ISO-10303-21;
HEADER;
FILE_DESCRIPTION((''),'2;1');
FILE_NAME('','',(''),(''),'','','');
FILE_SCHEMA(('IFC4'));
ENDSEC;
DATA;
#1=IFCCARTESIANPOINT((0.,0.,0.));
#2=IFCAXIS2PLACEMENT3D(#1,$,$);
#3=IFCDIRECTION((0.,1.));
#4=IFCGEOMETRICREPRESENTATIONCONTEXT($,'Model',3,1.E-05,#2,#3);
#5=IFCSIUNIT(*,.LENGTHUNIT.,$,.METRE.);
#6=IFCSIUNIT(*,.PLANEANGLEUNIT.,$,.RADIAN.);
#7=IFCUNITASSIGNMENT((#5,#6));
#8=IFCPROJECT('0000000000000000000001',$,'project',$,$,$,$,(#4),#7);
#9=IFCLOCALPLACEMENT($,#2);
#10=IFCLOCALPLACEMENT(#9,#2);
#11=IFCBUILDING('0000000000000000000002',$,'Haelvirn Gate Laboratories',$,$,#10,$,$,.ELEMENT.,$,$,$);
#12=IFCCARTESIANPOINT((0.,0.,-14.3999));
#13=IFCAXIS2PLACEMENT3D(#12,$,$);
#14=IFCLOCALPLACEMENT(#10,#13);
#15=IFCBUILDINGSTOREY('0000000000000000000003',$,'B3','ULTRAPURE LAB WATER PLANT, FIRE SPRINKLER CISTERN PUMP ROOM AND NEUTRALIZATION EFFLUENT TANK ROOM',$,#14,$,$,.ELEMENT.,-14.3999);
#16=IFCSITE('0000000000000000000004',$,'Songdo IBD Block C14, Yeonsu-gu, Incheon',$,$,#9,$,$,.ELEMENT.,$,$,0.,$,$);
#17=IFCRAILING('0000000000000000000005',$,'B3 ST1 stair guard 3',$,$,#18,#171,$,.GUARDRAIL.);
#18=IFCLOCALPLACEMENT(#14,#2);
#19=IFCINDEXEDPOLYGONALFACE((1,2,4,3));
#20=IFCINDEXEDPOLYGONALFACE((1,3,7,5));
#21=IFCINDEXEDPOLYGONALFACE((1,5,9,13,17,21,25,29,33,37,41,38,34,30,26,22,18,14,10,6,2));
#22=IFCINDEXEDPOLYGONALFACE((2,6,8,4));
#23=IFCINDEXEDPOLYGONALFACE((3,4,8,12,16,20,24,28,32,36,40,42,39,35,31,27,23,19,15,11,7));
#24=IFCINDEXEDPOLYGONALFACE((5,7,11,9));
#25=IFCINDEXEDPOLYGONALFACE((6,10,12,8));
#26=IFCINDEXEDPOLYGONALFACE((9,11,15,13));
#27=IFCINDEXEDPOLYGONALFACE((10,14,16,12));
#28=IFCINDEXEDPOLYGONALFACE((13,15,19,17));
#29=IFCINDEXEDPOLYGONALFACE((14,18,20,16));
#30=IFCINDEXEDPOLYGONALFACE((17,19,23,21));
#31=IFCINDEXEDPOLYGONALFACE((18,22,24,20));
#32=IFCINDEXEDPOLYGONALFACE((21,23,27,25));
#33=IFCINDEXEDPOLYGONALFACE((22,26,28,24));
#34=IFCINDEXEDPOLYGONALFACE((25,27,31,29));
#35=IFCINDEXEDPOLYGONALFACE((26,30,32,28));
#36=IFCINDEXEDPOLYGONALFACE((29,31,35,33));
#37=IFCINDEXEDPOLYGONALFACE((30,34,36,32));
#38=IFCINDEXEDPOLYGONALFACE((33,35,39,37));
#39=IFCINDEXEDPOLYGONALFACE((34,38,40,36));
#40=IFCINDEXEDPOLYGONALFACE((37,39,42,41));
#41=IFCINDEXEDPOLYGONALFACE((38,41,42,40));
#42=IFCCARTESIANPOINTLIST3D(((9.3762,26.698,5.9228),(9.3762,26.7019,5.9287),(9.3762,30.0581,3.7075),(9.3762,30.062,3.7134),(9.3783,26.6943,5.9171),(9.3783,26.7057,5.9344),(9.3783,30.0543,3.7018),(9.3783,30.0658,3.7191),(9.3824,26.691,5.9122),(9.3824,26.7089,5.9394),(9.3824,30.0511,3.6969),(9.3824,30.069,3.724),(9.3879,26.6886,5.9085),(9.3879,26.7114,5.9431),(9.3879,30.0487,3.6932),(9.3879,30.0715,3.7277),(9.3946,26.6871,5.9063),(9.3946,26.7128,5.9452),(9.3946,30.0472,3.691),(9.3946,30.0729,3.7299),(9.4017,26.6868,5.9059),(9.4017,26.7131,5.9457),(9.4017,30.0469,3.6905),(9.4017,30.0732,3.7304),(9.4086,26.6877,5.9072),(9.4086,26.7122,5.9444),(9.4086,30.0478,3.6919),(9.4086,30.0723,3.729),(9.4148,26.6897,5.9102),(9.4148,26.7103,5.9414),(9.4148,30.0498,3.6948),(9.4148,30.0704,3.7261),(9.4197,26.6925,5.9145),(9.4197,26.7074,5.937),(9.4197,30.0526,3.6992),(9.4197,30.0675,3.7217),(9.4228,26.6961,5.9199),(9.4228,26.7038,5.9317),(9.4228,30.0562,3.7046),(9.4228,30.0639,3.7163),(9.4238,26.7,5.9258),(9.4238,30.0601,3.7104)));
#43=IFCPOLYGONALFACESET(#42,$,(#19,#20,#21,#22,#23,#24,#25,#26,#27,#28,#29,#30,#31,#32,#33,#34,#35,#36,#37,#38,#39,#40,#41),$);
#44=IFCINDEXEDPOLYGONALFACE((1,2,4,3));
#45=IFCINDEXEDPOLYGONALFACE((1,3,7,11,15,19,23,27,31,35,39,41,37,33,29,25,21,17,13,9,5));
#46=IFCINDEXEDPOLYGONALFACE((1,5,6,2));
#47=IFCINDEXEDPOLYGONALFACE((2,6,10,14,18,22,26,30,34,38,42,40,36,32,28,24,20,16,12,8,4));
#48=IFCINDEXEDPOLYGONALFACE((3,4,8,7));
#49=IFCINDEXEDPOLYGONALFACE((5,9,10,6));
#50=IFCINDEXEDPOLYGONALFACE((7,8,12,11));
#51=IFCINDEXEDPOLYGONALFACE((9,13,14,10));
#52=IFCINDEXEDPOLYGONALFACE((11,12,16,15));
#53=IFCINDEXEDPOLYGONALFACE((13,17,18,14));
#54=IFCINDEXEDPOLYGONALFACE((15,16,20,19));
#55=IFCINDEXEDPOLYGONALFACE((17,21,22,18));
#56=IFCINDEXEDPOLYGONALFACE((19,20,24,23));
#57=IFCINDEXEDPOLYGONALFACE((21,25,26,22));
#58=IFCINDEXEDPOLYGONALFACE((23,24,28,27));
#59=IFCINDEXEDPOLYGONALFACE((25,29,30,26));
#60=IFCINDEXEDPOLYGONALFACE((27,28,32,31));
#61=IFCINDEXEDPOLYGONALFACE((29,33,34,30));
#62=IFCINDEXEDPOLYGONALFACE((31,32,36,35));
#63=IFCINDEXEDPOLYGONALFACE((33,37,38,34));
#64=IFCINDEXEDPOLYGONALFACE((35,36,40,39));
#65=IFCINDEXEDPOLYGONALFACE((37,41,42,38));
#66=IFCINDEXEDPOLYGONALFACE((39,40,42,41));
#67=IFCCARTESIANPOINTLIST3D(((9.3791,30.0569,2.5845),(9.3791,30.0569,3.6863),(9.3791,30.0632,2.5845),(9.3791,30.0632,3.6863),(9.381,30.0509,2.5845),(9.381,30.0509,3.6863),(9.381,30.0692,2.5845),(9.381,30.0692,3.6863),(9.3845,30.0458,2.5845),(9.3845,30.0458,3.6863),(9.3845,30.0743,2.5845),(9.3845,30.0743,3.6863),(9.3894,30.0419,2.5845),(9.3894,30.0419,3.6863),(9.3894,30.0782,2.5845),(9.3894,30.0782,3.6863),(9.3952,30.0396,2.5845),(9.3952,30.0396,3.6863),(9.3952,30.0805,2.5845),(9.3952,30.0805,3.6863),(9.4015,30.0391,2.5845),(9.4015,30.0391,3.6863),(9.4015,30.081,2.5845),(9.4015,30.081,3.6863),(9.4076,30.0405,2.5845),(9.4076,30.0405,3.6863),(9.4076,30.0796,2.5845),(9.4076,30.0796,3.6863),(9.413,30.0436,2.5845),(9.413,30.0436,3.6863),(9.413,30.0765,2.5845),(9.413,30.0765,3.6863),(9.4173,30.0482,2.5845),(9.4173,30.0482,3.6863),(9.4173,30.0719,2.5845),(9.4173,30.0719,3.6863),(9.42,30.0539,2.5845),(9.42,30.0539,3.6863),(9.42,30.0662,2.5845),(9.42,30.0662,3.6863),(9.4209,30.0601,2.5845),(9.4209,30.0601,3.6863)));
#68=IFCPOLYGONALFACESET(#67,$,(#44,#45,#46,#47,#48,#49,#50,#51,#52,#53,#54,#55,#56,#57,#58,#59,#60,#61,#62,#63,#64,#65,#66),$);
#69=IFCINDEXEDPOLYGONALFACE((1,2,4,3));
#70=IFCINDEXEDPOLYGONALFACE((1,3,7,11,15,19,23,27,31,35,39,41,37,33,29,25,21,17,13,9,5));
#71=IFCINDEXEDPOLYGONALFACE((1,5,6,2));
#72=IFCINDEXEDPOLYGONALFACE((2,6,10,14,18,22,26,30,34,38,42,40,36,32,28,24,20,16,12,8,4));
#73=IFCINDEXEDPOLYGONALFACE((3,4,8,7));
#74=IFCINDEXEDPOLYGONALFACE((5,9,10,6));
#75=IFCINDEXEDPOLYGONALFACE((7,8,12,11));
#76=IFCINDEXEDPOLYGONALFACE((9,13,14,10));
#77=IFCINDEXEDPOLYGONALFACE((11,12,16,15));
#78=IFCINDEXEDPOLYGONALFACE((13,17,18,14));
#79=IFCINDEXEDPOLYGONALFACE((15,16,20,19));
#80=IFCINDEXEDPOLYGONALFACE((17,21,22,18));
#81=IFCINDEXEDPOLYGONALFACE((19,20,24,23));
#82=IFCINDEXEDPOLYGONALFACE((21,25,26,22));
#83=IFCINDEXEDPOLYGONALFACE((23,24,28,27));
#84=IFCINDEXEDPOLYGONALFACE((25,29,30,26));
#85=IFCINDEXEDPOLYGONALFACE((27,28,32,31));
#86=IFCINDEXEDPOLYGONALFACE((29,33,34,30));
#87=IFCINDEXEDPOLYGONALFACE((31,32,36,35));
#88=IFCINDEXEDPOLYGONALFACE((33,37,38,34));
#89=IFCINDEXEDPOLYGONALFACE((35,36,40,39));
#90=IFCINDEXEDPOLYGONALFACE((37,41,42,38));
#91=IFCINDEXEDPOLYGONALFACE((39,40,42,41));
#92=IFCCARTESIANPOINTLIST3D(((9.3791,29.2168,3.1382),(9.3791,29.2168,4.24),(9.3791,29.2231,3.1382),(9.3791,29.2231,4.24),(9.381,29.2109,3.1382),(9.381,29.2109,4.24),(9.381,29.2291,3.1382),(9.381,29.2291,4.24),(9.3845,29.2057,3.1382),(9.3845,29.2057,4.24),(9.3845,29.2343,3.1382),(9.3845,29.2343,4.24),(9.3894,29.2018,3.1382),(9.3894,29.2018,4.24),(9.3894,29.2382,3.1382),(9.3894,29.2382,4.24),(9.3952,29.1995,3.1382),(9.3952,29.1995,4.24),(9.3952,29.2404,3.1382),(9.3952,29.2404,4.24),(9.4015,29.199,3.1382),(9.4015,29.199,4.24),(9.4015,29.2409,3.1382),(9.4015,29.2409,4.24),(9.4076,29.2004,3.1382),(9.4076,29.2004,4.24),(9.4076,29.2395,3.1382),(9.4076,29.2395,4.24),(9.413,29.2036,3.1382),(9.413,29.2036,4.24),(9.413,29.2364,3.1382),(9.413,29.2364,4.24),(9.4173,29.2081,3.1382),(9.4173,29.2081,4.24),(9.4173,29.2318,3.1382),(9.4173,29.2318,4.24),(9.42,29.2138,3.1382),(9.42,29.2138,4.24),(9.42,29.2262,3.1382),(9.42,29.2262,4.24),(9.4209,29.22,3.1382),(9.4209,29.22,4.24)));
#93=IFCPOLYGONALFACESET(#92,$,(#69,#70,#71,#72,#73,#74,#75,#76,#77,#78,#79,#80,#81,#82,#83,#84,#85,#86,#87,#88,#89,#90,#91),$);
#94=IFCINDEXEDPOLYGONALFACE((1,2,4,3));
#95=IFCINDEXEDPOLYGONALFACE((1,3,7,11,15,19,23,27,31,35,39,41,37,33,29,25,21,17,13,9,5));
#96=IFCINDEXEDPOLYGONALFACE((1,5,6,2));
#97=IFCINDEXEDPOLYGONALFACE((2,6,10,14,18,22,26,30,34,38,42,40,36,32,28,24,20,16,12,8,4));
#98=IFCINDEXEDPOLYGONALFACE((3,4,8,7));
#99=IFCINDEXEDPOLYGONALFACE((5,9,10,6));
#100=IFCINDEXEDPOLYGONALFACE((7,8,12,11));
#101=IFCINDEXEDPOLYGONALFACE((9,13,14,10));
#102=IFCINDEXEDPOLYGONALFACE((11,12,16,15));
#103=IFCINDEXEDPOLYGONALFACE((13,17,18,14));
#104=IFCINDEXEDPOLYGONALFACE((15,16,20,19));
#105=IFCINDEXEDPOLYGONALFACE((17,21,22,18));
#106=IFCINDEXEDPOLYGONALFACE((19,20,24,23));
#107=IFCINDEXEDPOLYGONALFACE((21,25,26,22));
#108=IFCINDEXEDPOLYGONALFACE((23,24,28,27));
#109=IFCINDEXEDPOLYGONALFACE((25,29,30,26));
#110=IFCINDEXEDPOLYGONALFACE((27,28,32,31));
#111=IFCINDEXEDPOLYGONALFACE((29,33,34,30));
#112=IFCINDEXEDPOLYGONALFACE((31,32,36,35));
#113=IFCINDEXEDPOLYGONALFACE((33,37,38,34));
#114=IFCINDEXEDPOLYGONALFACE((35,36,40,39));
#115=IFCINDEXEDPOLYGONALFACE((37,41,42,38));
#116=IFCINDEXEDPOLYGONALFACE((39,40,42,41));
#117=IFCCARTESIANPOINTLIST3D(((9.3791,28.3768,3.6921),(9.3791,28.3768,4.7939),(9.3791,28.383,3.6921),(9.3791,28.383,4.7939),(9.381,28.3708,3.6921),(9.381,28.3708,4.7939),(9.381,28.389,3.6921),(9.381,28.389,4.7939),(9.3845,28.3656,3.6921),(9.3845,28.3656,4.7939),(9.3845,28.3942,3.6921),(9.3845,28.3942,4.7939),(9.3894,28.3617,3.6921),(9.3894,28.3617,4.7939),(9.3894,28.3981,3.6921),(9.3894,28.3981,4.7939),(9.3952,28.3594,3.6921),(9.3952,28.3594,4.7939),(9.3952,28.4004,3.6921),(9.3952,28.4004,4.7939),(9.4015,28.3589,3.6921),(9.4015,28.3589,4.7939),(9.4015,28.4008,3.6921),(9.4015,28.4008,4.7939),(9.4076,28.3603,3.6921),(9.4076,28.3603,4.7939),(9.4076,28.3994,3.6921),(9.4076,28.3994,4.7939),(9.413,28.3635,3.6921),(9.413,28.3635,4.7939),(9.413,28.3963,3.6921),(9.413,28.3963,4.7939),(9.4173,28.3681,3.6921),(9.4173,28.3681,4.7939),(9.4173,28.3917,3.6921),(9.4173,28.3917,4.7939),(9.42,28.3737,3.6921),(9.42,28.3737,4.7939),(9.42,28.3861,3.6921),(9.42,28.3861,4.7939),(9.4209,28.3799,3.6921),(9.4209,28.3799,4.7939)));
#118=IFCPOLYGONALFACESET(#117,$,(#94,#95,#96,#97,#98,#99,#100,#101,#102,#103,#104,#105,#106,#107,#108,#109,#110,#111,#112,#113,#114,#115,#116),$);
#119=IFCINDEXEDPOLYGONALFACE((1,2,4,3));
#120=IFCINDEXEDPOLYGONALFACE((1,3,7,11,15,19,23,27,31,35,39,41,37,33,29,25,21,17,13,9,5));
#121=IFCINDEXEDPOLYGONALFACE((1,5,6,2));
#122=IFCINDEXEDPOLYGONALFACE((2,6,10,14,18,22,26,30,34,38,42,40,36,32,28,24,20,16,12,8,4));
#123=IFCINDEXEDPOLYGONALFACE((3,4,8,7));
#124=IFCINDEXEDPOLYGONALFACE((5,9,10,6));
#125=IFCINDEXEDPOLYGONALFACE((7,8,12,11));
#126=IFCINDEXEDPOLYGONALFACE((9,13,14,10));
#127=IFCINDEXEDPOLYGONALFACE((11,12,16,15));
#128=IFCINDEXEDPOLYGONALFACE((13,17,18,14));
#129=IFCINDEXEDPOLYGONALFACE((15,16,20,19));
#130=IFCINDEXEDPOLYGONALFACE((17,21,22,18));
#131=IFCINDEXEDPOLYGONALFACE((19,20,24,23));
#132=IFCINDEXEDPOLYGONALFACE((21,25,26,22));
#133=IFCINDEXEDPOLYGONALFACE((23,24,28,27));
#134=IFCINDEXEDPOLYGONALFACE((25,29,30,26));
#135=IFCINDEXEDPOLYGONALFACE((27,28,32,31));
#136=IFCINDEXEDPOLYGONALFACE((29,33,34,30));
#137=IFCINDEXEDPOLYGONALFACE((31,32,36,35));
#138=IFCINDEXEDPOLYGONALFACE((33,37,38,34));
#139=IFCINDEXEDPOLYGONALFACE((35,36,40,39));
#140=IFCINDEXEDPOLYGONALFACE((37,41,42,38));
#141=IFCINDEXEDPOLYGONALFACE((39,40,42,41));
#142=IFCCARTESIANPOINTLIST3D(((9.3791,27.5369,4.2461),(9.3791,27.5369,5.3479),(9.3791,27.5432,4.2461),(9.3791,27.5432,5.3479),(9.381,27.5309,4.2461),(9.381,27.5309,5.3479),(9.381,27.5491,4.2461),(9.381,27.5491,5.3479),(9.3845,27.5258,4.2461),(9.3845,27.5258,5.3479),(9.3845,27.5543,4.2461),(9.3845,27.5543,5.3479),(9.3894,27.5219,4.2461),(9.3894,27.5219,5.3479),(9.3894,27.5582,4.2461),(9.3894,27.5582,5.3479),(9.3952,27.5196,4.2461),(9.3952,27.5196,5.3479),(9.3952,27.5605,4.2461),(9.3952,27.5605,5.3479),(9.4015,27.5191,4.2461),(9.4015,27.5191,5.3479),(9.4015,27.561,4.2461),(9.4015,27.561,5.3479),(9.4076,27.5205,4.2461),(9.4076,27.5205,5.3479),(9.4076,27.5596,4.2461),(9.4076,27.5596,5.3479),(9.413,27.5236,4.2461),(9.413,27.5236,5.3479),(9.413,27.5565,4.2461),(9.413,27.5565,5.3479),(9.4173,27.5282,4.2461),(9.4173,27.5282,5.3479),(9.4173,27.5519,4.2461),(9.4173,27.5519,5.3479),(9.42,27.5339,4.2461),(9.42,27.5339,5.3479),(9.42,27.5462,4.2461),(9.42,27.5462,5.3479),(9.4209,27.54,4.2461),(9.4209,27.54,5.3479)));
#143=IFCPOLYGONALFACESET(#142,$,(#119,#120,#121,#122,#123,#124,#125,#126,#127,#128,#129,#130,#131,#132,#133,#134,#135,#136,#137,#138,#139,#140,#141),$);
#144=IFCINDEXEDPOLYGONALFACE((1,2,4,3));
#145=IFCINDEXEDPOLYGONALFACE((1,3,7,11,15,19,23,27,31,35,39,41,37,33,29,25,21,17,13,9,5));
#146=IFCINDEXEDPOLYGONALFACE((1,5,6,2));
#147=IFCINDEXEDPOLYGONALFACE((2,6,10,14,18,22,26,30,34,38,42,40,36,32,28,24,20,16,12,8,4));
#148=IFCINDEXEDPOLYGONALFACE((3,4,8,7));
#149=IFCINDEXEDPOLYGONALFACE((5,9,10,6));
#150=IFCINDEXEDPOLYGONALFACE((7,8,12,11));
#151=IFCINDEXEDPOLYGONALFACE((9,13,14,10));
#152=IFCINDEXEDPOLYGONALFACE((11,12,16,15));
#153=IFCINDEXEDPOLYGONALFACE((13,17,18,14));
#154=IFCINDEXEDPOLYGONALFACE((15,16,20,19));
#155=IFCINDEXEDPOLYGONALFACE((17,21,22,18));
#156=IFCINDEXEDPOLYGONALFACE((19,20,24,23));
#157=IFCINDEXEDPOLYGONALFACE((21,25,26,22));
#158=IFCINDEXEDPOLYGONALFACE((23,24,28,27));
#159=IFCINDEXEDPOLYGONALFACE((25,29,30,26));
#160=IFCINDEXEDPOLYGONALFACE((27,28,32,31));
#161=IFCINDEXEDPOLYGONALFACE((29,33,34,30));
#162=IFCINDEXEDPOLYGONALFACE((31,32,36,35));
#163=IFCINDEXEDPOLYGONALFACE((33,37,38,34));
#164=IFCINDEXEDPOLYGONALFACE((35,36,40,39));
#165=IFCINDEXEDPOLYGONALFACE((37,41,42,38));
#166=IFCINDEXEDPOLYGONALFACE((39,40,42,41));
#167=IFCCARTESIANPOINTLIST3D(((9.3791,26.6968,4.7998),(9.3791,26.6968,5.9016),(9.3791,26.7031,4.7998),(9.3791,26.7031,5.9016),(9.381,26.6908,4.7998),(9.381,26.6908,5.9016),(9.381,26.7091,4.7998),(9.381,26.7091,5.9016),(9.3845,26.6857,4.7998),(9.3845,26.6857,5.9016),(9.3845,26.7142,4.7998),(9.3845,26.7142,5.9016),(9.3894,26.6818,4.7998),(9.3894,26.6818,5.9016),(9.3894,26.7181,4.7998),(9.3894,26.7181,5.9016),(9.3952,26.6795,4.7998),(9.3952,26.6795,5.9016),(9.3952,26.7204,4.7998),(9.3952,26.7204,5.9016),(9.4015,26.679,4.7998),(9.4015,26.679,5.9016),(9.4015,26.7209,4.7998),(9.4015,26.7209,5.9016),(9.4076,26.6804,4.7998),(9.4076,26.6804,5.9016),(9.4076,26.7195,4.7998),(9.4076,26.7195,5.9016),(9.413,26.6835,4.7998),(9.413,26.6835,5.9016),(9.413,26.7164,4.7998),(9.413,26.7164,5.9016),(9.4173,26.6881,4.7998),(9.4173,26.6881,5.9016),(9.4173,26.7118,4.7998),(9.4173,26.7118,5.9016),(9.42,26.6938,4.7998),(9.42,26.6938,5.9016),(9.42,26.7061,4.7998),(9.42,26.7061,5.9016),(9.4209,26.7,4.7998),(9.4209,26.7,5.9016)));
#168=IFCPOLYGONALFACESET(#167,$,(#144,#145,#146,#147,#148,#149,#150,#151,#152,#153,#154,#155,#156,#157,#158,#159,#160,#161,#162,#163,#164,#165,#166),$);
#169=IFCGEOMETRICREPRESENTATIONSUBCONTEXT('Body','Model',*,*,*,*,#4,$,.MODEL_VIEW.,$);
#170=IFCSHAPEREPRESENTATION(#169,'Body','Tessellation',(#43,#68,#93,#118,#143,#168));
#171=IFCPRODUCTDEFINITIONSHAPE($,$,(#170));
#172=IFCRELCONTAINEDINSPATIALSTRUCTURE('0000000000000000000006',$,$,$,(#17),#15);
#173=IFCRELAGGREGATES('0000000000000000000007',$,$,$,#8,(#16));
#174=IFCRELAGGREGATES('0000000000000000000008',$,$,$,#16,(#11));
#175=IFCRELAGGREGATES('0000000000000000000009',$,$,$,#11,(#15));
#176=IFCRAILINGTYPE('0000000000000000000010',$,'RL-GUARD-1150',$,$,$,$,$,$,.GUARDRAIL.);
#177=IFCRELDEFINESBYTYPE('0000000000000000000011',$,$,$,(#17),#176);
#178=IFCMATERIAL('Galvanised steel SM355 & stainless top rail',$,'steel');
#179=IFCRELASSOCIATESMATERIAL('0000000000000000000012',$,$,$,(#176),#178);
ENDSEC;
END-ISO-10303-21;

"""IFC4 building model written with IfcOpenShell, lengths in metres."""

from ifc_helpers import new_model, si_unit, direction, frame, origin, origin_2d, place, context, subcontext, project, spatial, circle, extrude, source, transform, mapped, material, type_object, element, save


model = new_model("IFC4")

# Units and contexts
model_context = context("Model", 3, precision=1e-05, world=origin(), true_north=direction((0.0, 1.0)))
body_context = subcontext(model_context, "Body", "Model", "MODEL_VIEW")
ifc_project = project(units=[si_unit("LENGTHUNIT", "METRE"), si_unit("PLANEANGLEUNIT", "RADIAN")], contexts=[model_context])

# Site, building, storey
site_placement = place(None, origin())
site = spatial("IfcSite", under=ifc_project, at=site_placement, Name="Songdo IBD Block C14, Yeonsu-gu, Incheon", CompositionType="ELEMENT", RefElevation=0.0)
building_placement = place(site_placement, origin())
building = spatial("IfcBuilding", under=site, at=building_placement, Name="Haelvirn Gate Laboratories", CompositionType="ELEMENT")
storey_placement = place(building_placement, frame((0.0, 0.0, -14.3999)))
storey = spatial("IfcBuildingStorey", under=building, at=storey_placement, Name="B3", Description="ULTRAPURE LAB WATER PLANT, FIRE SPRINKLER CISTERN PUMP ROOM AND NEUTRALIZATION EFFLUENT TANK ROOM", CompositionType="ELEMENT", Elevation=-14.3999)

# Railing
ifc_material_1 = material(Name="Galvanised steel SM355 & stainless top rail", Category="steel")
railing_type_1 = type_object("IfcRailingType", Name="RL-GUARD-1150", PredefinedType="GUARDRAIL", material=ifc_material_1)
shared_shape_1 = source(origin(), body_context, "Body", "SweptSolid", [
    extrude(circle(Radius=0.0239, at=origin_2d()), frame((0.0, 0.0, 1.126), z_axis=(0.0, -0.834876, 0.550437), x_axis=(1.0, 0.0, 0.0)), (0.0, 0.0, 1.0), 4.0247),
    extrude(circle(Radius=0.021, at=origin_2d()), origin(), (0.0, 0.0, 1.0), 1.1018),
    extrude(circle(Radius=0.021, at=origin_2d()), frame((0.0, -0.8401, 0.5537)), (0.0, 0.0, 1.0), 1.1018),
    extrude(circle(Radius=0.021, at=origin_2d()), frame((0.0, -1.6802, 1.1077)), (0.0, 0.0, 1.0), 1.1018),
    extrude(circle(Radius=0.021, at=origin_2d()), frame((0.0, -2.52, 1.6616)), (0.0, 0.0, 1.0), 1.1018),
    extrude(circle(Radius=0.021, at=origin_2d()), frame((0.0, -3.3601, 2.2153)), (0.0, 0.0, 1.0), 1.1018),
])
railing_1_placement = place(storey_placement, frame((9.3999, 30.0601, 2.5845)))
element("IfcRailing", 1, at=railing_1_placement, inside=storey, type_object=railing_type_1, Name="B3 ST1 stair guard 3", PredefinedType="GUARDRAIL", context=body_context, shape_type="MappedRepresentation", body=[
    mapped(shared_shape_1, transform((0.0, 0.0, 0.0), scale=1.0)),
])

save(model, "model.ifc")
